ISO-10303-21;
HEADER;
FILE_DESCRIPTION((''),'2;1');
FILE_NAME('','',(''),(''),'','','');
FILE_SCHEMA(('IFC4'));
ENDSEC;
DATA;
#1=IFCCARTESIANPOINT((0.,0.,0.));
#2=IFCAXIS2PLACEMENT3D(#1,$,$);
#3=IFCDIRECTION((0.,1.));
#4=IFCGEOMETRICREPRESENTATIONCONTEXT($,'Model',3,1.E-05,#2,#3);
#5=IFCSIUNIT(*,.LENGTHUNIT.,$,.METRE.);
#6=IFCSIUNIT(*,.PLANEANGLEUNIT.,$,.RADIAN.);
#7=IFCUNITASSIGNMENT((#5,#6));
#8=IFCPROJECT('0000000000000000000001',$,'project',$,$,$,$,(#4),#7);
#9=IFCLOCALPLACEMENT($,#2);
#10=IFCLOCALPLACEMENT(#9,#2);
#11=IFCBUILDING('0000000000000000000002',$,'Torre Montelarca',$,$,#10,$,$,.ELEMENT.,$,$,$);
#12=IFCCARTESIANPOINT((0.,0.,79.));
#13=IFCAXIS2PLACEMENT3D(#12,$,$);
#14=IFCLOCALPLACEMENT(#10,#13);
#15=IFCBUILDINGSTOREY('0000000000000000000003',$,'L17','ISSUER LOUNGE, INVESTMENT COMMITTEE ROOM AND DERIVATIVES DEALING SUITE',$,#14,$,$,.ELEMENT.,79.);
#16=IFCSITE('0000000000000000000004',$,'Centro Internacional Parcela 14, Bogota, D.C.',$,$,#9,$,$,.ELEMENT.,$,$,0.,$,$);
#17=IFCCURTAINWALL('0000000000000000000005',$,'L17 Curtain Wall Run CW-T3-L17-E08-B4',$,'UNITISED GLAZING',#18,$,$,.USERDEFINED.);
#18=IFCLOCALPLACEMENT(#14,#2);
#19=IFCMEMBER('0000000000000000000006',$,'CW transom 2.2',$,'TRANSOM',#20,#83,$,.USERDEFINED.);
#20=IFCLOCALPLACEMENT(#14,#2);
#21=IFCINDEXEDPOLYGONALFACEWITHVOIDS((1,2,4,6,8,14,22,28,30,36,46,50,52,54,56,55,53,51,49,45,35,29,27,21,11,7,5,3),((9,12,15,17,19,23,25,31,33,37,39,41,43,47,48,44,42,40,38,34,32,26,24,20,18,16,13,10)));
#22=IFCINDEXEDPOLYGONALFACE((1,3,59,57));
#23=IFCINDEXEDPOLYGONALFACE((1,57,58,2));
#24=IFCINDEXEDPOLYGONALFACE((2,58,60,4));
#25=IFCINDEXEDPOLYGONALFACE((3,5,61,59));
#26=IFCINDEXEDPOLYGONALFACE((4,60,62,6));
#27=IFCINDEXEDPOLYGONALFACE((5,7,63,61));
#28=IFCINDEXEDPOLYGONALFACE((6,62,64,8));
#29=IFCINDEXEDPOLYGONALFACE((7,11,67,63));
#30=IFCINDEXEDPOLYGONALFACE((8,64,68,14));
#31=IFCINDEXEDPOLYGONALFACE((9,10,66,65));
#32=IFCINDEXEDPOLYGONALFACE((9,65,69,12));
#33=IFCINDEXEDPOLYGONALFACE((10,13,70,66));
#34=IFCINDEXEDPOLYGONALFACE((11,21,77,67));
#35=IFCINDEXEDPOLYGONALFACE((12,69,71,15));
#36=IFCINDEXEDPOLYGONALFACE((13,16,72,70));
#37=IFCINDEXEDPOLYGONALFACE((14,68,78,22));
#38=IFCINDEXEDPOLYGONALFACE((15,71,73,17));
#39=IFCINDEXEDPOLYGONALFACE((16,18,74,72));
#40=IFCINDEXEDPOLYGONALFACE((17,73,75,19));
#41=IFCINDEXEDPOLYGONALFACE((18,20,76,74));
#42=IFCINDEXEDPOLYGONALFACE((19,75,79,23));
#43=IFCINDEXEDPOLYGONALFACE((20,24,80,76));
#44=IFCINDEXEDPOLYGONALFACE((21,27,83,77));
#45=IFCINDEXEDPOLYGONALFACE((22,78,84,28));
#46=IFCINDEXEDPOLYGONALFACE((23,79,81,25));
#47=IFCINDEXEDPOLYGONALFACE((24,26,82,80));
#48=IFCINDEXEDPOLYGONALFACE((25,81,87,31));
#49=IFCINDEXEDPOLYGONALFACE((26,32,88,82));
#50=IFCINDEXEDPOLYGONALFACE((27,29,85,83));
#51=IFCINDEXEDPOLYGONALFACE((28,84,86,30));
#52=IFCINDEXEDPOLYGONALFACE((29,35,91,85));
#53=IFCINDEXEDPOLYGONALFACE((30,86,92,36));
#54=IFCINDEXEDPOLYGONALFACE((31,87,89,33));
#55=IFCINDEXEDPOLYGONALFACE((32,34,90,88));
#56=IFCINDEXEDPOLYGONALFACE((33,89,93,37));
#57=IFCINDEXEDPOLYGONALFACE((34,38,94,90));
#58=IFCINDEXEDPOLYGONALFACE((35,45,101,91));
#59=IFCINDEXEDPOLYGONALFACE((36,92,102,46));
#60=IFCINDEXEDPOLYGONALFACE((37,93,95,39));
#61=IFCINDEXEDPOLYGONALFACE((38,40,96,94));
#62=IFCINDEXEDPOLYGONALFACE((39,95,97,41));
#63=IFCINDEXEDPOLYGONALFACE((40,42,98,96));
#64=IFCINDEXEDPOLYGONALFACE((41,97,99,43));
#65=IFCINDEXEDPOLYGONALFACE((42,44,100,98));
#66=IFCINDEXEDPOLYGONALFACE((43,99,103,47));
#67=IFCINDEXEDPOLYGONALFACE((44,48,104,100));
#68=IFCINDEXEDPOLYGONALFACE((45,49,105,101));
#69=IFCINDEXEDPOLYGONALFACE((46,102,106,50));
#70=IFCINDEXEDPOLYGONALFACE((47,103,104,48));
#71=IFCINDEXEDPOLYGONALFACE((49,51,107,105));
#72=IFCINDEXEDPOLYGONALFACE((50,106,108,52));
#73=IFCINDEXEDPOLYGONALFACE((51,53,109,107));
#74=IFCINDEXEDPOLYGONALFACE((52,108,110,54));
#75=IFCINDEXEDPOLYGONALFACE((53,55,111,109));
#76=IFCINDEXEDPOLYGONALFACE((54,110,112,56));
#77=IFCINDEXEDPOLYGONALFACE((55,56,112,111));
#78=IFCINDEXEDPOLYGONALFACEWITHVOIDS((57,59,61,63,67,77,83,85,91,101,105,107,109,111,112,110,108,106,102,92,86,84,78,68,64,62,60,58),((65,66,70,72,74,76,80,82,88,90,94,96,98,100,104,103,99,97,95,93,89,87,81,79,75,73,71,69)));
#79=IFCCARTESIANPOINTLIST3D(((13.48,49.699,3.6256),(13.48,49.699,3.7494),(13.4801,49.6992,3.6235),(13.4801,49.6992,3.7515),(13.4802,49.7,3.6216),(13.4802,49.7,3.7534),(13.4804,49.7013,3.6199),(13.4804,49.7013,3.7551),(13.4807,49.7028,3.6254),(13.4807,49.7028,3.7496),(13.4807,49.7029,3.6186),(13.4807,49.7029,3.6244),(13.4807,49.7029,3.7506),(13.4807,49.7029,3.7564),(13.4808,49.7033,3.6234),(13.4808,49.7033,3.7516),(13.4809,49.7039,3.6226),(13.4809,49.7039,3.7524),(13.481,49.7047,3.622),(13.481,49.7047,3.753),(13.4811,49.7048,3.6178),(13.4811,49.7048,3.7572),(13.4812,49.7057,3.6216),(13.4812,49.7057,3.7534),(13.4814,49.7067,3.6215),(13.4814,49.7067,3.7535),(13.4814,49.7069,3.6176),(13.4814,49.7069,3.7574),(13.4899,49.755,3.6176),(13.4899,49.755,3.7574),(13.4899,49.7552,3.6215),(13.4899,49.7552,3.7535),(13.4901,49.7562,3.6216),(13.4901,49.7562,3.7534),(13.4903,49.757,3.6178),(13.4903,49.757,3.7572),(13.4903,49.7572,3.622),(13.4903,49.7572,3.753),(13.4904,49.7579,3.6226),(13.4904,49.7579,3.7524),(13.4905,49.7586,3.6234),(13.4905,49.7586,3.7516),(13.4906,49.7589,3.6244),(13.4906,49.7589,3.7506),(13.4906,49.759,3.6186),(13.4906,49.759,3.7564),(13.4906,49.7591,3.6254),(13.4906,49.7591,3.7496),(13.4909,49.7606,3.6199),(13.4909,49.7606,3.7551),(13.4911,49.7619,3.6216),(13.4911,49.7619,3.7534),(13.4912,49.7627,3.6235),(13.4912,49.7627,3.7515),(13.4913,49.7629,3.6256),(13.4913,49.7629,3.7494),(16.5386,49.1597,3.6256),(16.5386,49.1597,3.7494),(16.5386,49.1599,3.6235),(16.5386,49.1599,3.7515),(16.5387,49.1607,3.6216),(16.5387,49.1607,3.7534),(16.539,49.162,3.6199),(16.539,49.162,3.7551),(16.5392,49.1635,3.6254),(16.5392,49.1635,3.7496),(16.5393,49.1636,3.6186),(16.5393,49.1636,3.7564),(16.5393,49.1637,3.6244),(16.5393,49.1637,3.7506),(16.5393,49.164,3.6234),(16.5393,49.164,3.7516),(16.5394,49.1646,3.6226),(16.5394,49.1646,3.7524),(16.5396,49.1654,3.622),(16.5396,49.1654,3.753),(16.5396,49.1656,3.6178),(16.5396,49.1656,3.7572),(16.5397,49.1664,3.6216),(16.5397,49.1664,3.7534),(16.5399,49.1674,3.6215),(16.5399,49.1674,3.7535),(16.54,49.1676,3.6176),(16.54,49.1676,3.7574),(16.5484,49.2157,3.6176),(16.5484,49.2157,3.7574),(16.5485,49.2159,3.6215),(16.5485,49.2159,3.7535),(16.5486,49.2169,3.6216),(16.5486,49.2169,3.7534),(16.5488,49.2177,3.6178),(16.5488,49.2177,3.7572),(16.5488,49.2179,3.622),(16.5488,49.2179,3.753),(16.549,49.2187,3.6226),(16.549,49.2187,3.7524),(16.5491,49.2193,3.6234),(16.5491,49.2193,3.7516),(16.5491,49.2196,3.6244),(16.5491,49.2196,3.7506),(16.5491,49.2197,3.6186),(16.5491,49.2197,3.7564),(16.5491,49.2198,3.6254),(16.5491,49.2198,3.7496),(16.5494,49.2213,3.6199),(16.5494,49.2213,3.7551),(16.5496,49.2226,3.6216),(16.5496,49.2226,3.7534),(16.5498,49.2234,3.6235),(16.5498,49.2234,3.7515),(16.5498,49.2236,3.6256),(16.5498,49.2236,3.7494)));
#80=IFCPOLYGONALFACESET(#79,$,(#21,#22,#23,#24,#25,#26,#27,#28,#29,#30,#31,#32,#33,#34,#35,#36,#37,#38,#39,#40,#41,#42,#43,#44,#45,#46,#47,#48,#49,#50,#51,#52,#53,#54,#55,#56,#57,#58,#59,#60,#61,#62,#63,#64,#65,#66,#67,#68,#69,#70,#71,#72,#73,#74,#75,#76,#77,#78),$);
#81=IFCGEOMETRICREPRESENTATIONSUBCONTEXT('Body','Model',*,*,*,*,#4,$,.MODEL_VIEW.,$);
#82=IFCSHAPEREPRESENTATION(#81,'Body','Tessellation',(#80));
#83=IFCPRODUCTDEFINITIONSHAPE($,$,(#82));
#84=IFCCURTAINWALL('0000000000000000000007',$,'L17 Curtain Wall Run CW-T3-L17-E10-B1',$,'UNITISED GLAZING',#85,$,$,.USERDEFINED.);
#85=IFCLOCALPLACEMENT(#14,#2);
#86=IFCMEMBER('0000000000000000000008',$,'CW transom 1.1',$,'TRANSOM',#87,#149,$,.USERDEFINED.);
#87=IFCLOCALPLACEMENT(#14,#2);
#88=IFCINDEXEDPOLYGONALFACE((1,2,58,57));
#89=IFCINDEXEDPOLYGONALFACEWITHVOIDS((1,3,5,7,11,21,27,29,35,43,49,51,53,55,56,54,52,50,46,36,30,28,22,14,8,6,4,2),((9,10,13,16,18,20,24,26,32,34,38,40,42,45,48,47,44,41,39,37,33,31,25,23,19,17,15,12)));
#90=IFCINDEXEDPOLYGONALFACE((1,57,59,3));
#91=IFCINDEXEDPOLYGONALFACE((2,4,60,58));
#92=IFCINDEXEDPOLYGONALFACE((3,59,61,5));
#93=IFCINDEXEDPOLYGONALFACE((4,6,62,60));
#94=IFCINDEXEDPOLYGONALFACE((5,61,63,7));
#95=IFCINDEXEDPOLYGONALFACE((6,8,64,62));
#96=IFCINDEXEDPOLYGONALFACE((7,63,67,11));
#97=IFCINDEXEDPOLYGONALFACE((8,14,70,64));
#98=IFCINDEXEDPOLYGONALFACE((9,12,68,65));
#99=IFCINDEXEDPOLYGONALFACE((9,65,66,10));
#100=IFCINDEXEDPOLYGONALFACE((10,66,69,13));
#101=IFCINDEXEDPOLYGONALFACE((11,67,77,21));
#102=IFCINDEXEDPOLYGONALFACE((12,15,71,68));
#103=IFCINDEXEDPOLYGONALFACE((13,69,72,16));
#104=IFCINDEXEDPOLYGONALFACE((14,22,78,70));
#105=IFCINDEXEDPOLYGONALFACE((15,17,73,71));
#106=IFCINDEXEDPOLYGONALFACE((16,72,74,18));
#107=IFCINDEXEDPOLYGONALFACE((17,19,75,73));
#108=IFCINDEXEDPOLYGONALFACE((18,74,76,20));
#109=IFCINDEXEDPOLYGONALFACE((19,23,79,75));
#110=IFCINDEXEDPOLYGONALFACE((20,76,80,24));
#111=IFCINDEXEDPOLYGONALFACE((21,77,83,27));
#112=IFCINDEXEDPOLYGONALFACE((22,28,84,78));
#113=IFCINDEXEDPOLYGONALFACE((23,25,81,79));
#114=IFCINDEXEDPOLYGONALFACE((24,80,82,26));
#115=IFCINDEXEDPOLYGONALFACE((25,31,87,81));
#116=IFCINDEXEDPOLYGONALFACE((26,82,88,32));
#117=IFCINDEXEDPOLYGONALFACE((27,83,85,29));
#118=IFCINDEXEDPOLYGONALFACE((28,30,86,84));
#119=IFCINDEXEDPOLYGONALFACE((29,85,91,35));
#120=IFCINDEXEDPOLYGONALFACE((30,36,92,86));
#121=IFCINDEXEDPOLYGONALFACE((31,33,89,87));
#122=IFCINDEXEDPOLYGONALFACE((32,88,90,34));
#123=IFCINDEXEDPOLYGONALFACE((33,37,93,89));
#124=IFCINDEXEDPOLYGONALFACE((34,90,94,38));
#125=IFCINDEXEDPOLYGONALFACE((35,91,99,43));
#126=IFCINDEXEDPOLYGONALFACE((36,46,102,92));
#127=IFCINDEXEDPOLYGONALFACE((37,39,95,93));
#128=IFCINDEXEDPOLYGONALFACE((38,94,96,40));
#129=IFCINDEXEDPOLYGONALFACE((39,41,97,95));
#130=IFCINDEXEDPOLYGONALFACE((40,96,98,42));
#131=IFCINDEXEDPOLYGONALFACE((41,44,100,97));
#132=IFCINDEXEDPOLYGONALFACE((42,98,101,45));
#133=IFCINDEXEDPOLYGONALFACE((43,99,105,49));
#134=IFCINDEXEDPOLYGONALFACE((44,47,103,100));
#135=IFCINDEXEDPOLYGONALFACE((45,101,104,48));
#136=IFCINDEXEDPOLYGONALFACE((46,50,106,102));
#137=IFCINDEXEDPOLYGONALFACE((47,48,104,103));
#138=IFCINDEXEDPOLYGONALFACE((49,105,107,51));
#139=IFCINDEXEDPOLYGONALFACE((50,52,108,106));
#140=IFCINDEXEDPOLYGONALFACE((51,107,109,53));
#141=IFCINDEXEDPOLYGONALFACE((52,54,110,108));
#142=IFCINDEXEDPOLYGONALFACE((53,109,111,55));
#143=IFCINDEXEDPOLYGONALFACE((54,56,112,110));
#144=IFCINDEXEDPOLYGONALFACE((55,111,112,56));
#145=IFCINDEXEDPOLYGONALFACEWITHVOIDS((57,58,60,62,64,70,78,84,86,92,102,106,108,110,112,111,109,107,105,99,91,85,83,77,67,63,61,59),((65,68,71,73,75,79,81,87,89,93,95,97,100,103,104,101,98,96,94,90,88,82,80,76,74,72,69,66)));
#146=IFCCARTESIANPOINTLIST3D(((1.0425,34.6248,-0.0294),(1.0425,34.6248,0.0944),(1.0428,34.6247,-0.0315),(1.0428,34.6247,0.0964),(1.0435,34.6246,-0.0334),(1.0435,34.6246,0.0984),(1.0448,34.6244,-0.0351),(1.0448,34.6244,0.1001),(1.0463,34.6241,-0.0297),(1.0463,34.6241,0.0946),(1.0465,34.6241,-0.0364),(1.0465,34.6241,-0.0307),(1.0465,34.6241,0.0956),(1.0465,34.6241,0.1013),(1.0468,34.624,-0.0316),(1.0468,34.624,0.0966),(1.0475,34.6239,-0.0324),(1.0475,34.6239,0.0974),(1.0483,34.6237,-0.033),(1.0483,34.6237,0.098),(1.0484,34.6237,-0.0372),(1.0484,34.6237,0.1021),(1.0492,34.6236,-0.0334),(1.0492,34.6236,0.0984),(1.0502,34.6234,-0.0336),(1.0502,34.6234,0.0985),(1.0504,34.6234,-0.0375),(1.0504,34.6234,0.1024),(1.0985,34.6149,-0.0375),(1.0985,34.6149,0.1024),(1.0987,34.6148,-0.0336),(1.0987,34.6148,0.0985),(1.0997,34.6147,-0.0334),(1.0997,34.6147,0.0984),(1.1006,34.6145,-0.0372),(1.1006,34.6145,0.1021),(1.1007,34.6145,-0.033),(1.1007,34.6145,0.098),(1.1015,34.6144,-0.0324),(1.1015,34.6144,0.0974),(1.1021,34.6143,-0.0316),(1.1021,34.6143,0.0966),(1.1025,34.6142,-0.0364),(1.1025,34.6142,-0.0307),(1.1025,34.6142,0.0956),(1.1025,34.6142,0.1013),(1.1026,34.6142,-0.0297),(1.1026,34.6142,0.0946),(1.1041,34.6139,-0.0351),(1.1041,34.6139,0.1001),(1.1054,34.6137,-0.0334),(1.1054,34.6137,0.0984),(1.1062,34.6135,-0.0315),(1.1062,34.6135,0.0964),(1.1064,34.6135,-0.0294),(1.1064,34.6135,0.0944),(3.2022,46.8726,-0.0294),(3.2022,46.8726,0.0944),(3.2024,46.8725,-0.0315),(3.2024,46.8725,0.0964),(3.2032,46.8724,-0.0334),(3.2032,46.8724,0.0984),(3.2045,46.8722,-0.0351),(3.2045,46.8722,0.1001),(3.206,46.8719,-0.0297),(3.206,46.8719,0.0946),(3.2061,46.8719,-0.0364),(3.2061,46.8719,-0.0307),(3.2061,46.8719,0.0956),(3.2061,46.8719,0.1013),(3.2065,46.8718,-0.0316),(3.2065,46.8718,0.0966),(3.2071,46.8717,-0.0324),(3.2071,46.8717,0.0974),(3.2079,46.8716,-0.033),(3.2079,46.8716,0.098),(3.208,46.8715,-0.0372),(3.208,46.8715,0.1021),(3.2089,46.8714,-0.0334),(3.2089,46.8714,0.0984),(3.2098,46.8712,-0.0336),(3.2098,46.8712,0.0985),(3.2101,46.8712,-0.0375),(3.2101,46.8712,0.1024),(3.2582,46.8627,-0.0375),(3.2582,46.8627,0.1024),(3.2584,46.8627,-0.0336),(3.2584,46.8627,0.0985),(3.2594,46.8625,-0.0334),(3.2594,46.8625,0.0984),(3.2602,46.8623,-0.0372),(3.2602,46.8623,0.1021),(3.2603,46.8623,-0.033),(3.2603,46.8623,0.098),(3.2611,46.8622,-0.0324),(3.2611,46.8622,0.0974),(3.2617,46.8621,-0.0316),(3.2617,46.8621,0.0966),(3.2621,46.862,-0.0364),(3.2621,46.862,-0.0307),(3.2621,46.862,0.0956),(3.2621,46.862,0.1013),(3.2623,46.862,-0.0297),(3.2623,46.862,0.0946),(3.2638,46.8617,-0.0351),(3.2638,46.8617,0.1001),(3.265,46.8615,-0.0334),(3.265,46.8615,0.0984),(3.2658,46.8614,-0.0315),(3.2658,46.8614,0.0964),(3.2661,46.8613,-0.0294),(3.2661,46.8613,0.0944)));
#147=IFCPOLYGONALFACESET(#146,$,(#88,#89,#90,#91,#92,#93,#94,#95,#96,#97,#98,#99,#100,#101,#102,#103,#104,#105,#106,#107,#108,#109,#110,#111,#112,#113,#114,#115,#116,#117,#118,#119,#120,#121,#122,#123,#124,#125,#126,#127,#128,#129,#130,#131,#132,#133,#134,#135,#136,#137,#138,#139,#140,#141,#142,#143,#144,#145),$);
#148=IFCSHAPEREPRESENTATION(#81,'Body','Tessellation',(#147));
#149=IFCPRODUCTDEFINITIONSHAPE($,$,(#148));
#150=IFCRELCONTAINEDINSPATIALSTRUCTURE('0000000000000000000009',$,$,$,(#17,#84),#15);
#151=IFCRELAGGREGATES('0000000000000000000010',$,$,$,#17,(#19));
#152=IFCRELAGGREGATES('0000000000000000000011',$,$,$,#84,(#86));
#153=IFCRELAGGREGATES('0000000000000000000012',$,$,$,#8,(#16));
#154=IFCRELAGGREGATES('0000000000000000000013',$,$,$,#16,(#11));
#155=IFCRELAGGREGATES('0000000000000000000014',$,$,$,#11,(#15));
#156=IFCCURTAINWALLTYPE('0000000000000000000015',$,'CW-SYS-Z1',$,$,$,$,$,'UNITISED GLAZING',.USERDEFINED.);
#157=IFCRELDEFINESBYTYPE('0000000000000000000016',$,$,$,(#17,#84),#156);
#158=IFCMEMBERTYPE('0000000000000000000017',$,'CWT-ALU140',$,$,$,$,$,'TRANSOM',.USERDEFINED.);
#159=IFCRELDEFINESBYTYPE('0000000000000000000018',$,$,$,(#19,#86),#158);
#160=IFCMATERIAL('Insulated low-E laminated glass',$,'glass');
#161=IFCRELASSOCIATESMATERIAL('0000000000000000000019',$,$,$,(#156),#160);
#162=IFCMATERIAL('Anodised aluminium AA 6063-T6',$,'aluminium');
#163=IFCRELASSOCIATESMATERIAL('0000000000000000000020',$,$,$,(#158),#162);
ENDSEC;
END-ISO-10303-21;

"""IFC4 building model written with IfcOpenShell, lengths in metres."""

from ifc_helpers import new_model, si_unit, direction, frame, origin, origin_2d, place, context, subcontext, project, spatial, hollow_rectangle, extrude, source, transform, mapped, material, material_profile, profile_set, type_object, element, aggregate, save


model = new_model("IFC4")

# Units and contexts
model_context = context("Model", 3, precision=1e-05, world=origin(), true_north=direction((0.0, 1.0)))
body_context = subcontext(model_context, "Body", "Model", "MODEL_VIEW")
ifc_project = project(units=[si_unit("LENGTHUNIT", "METRE"), si_unit("PLANEANGLEUNIT", "RADIAN")], contexts=[model_context])

# Site, building, storey
site_placement = place(None, origin())
site = spatial("IfcSite", under=ifc_project, at=site_placement, Name="Centro Internacional Parcela 14, Bogota, D.C.", CompositionType="ELEMENT", RefElevation=0.0)
building_placement = place(site_placement, origin())
building = spatial("IfcBuilding", under=site, at=building_placement, Name="Torre Montelarca", CompositionType="ELEMENT")
storey_placement = place(building_placement, frame((0.0, 0.0, 79.0)))
storey = spatial("IfcBuildingStorey", under=building, at=storey_placement, Name="L17", Description="ISSUER LOUNGE, INVESTMENT COMMITTEE ROOM AND DERIVATIVES DEALING SUITE", CompositionType="ELEMENT", Elevation=79.0)

# Curtain walls, members
ifc_material_1 = material(Name="Insulated low-E laminated glass", Category="glass")
curtain_wall_type = type_object("IfcCurtainWallType", Name="CW-SYS-Z1", ElementType="UNITISED GLAZING", PredefinedType="USERDEFINED", material=ifc_material_1)
ifc_material_2 = material(Name="Anodised aluminium AA 6063-T6", Category="aluminium")
ifc_material_profile_1 = material_profile(ifc_material_2, hollow_rectangle(XDim=0.0649, YDim=0.1399, WallThickness=0.0039, InnerFilletRadius=0.0039, OuterFilletRadius=0.0081, at=origin_2d()), Name="ALU65X140X4", Category="aluminium")
ifc_profile_set_1 = profile_set([ifc_material_profile_1], Name="Anodised aluminium AA 6063-T6")
member_type_1 = type_object("IfcMemberType", Name="CWT-ALU140", ElementType="TRANSOM", PredefinedType="USERDEFINED", material=ifc_profile_set_1)
curtain_wall_1_placement = place(storey_placement, origin())
curtain_wall_1 = element("IfcCurtainWall", 1, at=curtain_wall_1_placement, inside=storey, type_object=curtain_wall_type, Name="L17 Curtain Wall Run CW-T3-L17-E08-B4", ObjectType="UNITISED GLAZING", PredefinedType="USERDEFINED")
shared_shape_1 = source(origin(), body_context, "Body", "SweptSolid", [
    extrude(hollow_rectangle(XDim=0.0649, YDim=0.1399, WallThickness=0.0039, InnerFilletRadius=0.0039, OuterFilletRadius=0.0081, at=origin_2d()), origin(), (0.0, 0.0, 1.0), 3.1057),
])
member_1_placement = place(storey_placement, frame((16.5442, 49.1917, 3.6875), z_axis=(-0.984808, 0.173646, 0.0), x_axis=(-0.173646, -0.984808, 0.0)))
member_1 = element("IfcMember", 2, at=member_1_placement, type_object=member_type_1, Name="CW transom 2.2", ObjectType="TRANSOM", PredefinedType="USERDEFINED", context=body_context, shape_type="MappedRepresentation", body=[
    mapped(shared_shape_1, transform((0.0, 0.0, 0.0), scale=1.0)),
])
curtain_wall_2_placement = place(storey_placement, origin())
curtain_wall_2 = element("IfcCurtainWall", 3, at=curtain_wall_2_placement, inside=storey, type_object=curtain_wall_type, Name="L17 Curtain Wall Run CW-T3-L17-E10-B1", ObjectType="UNITISED GLAZING", PredefinedType="USERDEFINED")
shared_shape_2 = source(origin(), body_context, "Body", "SweptSolid", [
    extrude(hollow_rectangle(XDim=0.0649, YDim=0.1399, WallThickness=0.0039, InnerFilletRadius=0.0039, OuterFilletRadius=0.0081, at=origin_2d()), origin(), (0.0, 0.0, 1.0), 12.4368),
])
member_2_placement = place(storey_placement, frame((3.2341, 46.8669, 0.0325), z_axis=(-0.173652, -0.984807, 0.0), x_axis=(0.984807, -0.173652, 0.0)))
member_2 = element("IfcMember", 4, at=member_2_placement, type_object=member_type_1, Name="CW transom 1.1", ObjectType="TRANSOM", PredefinedType="USERDEFINED", context=body_context, shape_type="MappedRepresentation", body=[
    mapped(shared_shape_2, transform((0.0, 0.0, 0.0), scale=1.0)),
])

aggregate(curtain_wall_1, [member_1])
aggregate(curtain_wall_2, [member_2])

save(model, "model.ifc")
